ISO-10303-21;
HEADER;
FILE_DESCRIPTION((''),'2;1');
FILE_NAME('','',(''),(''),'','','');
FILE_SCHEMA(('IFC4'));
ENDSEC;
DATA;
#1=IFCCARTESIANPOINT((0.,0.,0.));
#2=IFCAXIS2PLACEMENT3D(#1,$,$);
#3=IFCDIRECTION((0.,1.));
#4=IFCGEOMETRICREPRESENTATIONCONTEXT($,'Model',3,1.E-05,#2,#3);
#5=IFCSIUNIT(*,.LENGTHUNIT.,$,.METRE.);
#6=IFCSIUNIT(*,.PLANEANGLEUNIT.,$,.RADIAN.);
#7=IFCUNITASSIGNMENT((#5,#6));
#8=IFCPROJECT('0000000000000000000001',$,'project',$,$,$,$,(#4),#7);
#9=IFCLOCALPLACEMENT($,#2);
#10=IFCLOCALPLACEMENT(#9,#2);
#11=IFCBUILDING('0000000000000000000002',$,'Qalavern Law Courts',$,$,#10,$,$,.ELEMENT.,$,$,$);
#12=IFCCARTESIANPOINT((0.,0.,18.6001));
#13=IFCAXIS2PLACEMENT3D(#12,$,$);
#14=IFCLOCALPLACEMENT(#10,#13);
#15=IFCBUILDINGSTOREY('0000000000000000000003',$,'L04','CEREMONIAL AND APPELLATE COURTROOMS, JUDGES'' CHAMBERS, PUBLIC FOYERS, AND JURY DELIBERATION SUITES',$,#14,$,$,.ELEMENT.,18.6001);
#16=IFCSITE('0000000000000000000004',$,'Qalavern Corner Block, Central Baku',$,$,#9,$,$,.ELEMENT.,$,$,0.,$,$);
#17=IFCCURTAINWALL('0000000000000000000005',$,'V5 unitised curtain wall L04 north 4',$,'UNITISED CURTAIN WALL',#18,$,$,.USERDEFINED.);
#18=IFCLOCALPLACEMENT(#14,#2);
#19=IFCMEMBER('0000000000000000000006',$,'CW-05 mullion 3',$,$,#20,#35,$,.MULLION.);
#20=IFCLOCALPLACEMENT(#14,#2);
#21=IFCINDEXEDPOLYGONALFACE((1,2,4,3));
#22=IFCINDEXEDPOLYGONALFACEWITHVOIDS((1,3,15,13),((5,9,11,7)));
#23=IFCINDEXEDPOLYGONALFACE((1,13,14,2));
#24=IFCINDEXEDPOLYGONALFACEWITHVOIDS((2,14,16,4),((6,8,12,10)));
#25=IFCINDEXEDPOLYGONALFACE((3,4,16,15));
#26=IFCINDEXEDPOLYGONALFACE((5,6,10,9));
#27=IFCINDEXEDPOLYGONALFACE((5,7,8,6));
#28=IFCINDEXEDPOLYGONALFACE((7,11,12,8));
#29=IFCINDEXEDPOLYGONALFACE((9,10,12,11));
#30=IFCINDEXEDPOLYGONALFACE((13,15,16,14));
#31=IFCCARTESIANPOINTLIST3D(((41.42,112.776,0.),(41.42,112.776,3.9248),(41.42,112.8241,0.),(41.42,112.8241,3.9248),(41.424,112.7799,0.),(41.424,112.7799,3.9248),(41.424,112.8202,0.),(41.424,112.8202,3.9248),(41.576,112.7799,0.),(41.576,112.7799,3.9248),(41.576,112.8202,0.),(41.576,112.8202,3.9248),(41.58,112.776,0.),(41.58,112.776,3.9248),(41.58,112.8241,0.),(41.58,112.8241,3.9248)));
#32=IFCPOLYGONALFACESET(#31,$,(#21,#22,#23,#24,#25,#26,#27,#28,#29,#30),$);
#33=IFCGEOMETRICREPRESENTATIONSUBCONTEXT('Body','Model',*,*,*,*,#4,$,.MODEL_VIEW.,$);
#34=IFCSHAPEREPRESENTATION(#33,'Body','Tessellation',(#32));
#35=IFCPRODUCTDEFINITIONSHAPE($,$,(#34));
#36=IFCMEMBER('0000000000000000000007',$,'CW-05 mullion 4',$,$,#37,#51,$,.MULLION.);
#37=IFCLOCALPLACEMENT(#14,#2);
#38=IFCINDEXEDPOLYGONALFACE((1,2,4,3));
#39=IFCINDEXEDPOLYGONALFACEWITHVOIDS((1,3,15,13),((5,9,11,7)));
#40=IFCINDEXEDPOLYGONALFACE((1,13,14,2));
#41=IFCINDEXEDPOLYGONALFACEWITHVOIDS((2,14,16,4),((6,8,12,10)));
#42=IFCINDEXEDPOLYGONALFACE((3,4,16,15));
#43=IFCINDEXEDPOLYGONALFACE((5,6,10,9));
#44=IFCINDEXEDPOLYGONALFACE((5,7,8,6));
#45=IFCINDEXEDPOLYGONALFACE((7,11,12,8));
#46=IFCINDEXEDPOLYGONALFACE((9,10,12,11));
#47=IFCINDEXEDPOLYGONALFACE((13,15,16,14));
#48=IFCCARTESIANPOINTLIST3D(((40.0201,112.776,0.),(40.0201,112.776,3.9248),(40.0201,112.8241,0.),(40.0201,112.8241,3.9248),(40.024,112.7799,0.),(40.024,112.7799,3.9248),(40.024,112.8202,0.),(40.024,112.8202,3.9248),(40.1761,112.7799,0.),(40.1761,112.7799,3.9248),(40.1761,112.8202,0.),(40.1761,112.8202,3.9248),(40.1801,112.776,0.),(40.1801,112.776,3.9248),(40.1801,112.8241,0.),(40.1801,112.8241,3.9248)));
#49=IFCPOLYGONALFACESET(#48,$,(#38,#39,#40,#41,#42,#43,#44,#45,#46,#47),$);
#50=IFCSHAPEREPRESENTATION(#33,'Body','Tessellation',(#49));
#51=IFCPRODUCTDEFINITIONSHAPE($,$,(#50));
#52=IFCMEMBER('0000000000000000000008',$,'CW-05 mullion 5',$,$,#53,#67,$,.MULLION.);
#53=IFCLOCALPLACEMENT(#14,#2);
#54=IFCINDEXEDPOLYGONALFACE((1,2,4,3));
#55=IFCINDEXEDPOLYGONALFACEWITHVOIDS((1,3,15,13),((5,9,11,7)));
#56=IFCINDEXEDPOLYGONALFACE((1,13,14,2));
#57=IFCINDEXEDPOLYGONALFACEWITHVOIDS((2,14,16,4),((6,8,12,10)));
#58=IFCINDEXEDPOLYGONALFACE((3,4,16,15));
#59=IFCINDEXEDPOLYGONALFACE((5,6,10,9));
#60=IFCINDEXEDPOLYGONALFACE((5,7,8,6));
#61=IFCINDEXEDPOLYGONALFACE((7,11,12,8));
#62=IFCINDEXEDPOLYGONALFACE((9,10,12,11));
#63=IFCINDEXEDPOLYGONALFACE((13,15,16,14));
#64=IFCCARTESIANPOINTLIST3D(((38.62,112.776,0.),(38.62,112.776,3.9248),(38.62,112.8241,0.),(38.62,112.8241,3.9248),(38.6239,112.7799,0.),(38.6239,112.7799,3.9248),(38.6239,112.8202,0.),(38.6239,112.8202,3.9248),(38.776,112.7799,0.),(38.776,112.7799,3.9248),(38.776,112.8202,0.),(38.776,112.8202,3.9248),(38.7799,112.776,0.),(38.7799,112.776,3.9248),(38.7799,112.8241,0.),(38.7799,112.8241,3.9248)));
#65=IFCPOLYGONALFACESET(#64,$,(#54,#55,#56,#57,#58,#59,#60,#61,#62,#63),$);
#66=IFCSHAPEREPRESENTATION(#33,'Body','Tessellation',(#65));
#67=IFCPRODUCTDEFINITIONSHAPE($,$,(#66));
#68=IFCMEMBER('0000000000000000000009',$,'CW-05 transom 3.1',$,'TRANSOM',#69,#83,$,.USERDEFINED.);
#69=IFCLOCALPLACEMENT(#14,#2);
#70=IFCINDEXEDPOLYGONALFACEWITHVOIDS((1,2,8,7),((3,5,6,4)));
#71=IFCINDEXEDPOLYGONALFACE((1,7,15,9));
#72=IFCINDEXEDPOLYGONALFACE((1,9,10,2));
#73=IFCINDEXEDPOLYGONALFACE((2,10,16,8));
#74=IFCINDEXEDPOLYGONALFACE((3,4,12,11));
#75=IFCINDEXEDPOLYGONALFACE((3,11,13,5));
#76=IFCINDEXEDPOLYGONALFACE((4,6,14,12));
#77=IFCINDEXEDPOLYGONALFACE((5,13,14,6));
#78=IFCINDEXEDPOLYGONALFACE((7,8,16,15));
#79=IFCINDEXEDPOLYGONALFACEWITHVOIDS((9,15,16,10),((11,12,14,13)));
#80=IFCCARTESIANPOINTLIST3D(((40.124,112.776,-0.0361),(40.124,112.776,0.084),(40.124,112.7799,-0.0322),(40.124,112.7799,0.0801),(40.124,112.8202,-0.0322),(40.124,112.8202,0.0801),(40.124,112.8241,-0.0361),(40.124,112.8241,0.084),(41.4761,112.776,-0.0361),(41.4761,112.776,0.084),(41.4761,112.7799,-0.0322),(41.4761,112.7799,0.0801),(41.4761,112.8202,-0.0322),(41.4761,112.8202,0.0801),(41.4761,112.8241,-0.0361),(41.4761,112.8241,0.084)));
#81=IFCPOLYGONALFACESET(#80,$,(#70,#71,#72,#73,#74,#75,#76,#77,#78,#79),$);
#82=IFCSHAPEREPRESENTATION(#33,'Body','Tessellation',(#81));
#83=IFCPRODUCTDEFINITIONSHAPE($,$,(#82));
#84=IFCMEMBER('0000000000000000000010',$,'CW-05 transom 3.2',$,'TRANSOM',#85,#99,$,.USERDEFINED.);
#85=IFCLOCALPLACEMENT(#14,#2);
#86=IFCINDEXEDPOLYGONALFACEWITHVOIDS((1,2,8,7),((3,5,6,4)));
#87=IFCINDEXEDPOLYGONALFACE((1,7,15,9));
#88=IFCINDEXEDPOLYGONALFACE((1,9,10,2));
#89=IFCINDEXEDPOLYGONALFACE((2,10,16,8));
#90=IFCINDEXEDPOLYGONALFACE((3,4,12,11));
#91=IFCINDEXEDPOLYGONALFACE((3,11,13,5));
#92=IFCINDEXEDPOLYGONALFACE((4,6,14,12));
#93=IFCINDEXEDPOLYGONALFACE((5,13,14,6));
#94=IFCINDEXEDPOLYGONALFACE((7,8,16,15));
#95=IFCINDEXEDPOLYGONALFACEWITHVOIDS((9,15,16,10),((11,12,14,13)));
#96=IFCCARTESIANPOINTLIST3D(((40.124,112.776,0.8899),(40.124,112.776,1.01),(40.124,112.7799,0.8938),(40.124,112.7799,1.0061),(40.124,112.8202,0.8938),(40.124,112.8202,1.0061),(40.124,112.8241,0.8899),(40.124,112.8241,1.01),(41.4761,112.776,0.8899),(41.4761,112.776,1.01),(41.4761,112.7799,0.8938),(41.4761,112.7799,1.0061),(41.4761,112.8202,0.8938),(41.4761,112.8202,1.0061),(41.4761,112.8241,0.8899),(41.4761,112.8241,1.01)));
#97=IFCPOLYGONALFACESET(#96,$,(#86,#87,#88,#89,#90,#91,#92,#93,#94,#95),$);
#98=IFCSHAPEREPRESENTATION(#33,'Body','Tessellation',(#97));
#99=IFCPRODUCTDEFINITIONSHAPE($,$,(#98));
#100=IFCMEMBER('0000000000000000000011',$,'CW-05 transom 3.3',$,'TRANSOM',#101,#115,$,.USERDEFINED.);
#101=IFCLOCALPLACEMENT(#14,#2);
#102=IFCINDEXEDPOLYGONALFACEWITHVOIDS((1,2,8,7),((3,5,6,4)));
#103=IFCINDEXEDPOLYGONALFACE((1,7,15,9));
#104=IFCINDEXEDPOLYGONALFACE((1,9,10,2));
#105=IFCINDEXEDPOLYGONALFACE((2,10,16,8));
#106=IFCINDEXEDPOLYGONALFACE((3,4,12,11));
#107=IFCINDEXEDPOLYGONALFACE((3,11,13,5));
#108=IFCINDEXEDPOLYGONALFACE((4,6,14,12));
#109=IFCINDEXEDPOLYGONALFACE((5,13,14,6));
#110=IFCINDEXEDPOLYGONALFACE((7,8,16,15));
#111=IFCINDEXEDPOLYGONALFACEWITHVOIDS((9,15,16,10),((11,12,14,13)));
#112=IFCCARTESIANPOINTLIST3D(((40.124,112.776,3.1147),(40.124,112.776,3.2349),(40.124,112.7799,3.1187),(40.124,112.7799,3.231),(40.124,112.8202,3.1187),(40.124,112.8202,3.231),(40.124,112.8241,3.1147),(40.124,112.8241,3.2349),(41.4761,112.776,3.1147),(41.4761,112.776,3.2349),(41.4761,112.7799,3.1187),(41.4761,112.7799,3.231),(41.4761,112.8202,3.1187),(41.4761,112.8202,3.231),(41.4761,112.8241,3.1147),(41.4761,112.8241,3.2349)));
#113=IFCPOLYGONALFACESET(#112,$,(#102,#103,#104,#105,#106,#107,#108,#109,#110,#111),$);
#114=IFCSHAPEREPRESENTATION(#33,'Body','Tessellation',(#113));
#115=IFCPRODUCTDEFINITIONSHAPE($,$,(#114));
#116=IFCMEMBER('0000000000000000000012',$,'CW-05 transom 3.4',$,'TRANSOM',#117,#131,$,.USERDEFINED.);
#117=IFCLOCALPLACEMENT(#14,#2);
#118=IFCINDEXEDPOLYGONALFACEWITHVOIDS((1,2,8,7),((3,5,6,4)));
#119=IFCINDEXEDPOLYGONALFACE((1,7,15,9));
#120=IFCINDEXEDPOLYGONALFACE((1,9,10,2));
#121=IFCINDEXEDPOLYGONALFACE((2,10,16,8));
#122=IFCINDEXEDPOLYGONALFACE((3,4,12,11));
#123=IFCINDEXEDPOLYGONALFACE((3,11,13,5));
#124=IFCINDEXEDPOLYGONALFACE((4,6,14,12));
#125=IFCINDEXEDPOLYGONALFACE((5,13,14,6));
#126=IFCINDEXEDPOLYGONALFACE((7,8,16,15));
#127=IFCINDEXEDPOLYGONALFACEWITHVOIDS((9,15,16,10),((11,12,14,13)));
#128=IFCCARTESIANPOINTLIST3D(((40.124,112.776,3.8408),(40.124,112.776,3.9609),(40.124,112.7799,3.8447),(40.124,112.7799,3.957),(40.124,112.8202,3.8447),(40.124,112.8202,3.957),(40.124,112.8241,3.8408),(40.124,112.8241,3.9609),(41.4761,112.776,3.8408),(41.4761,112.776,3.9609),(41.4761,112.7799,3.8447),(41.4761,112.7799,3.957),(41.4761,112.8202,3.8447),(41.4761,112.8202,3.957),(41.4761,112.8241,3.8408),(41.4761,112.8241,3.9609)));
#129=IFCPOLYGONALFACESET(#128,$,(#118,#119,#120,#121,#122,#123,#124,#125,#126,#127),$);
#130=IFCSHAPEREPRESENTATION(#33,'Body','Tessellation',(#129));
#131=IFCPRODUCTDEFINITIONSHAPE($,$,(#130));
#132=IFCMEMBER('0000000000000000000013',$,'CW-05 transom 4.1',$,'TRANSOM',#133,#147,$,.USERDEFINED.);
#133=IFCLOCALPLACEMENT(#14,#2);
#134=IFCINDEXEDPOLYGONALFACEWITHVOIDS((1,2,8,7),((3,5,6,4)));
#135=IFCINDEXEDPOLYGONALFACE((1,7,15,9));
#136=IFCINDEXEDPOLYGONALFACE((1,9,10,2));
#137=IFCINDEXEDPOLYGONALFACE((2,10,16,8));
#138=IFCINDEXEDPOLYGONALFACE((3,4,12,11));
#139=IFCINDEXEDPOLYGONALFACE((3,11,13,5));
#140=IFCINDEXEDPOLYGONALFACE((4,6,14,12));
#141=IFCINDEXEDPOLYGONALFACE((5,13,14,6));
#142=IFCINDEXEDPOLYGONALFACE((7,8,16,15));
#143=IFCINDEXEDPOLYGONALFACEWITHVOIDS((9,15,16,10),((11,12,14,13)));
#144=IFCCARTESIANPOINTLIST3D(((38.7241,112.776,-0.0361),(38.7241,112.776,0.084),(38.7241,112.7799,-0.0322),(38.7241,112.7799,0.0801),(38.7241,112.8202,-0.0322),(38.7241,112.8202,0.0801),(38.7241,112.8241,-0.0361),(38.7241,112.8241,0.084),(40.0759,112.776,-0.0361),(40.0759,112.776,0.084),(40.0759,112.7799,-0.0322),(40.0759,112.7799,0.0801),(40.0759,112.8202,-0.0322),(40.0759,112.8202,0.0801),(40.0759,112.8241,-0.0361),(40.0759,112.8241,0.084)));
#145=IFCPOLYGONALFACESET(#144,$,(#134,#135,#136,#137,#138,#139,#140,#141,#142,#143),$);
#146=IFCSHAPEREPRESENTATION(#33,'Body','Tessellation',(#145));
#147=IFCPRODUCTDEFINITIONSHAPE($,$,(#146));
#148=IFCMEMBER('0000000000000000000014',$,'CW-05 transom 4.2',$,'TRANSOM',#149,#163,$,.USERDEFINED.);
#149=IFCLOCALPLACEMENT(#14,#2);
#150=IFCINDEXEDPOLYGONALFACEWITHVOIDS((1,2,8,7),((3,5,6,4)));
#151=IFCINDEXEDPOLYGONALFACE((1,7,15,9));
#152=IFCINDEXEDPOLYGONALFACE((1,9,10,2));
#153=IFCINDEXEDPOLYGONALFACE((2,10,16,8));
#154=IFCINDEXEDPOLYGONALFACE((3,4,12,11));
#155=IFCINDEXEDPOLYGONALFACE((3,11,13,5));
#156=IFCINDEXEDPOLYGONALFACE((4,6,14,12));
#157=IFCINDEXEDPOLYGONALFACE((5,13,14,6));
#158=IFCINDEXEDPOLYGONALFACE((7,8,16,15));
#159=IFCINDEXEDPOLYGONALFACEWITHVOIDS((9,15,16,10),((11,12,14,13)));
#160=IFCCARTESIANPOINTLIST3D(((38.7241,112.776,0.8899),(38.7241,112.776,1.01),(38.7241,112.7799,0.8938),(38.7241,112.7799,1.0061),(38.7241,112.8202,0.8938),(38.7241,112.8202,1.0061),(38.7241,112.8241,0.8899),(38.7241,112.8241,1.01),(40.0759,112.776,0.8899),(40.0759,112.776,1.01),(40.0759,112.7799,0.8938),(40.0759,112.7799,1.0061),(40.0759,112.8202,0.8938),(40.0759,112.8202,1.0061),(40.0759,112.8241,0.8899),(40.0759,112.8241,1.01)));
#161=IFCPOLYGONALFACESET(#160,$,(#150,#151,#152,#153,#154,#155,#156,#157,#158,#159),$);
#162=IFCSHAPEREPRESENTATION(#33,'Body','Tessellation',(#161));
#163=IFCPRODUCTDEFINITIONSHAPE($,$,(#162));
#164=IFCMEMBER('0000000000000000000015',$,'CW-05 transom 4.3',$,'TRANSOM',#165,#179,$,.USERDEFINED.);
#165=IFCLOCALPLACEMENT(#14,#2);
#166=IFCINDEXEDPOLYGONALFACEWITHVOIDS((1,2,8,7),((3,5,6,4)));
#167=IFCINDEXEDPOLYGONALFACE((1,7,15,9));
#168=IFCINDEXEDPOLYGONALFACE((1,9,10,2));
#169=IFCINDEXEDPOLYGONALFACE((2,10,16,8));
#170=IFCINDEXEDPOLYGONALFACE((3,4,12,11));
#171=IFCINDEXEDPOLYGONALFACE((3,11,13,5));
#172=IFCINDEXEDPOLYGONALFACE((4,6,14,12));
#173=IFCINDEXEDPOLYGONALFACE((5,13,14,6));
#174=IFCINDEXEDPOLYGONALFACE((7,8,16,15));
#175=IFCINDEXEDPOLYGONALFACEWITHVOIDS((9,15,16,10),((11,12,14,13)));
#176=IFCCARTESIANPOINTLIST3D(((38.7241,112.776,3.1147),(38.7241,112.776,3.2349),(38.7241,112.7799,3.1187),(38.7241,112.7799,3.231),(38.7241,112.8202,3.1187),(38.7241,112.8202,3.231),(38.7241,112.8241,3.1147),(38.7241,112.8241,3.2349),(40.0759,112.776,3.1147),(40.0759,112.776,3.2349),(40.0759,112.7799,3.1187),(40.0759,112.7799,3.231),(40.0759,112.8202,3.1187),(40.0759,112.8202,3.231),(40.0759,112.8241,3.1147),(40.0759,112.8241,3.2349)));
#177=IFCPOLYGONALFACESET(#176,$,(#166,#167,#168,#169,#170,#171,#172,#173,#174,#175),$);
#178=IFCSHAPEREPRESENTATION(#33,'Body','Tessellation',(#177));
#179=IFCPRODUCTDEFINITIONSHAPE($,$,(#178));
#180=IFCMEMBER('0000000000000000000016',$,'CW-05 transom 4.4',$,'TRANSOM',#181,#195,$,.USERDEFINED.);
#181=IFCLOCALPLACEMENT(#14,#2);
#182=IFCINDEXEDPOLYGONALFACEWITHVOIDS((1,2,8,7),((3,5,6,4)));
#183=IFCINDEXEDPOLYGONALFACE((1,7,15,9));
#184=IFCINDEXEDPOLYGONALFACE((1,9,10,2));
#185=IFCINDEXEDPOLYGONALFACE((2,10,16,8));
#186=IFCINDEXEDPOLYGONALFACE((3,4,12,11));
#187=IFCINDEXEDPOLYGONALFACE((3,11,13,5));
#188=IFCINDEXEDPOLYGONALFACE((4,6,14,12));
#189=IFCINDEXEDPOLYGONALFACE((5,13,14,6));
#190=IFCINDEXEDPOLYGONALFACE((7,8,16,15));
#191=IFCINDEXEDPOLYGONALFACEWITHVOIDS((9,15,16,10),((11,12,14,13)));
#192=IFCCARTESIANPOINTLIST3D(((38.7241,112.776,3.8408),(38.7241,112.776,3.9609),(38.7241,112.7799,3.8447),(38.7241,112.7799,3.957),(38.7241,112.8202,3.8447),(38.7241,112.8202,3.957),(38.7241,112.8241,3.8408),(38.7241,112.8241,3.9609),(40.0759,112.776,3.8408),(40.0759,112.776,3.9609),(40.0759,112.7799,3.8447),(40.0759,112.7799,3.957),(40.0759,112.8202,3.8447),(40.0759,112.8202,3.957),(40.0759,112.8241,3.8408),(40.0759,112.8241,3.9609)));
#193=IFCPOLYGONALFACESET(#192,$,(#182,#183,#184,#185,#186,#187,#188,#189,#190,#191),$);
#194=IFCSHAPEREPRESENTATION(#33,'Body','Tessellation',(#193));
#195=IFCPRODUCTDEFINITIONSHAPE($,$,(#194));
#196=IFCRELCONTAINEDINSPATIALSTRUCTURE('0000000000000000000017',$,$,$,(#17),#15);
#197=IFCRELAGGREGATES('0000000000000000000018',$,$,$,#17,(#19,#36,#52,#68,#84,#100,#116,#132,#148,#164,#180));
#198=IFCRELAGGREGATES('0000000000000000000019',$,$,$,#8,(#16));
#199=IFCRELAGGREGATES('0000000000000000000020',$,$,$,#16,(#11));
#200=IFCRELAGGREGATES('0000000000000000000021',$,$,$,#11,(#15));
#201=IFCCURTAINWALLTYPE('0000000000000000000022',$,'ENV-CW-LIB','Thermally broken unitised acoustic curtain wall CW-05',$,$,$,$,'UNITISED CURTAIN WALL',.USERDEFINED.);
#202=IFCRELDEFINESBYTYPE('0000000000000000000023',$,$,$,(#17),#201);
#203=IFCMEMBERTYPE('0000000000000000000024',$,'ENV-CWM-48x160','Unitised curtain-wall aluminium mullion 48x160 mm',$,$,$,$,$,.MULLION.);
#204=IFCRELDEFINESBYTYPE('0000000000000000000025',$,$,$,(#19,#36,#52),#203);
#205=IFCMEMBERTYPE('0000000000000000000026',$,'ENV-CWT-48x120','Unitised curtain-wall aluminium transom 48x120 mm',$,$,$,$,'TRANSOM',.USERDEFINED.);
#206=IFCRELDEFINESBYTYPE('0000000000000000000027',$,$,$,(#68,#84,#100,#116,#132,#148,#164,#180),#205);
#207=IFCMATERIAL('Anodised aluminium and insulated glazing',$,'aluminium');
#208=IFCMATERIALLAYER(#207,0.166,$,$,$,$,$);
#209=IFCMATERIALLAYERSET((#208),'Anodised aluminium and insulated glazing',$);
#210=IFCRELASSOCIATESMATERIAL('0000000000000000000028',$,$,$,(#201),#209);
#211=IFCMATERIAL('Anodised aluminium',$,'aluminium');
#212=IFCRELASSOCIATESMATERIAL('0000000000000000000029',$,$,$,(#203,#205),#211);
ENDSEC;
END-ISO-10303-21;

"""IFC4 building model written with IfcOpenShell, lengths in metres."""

from ifc_helpers import new_model, si_unit, direction, frame, origin, origin_2d, place, context, subcontext, project, spatial, hollow_rectangle, extrude, material, layer, layer_set, material_profile, profile_set, type_object, element, aggregate, save


model = new_model("IFC4")

# Units and contexts
model_context = context("Model", 3, precision=1e-05, world=origin(), true_north=direction((0.0, 1.0)))
body_context = subcontext(model_context, "Body", "Model", "MODEL_VIEW")
ifc_project = project(units=[si_unit("LENGTHUNIT", "METRE"), si_unit("PLANEANGLEUNIT", "RADIAN")], contexts=[model_context])

# Site, building, storey
site_placement = place(None, origin())
site = spatial("IfcSite", under=ifc_project, at=site_placement, Name="Qalavern Corner Block, Central Baku", CompositionType="ELEMENT", RefElevation=0.0)
building_placement = place(site_placement, origin())
building = spatial("IfcBuilding", under=site, at=building_placement, Name="Qalavern Law Courts", CompositionType="ELEMENT")
storey_placement = place(building_placement, frame((0.0, 0.0, 18.6001)))
storey = spatial("IfcBuildingStorey", under=building, at=storey_placement, Name="L04", Description="CEREMONIAL AND APPELLATE COURTROOMS, JUDGES' CHAMBERS, PUBLIC FOYERS, AND JURY DELIBERATION SUITES", CompositionType="ELEMENT", Elevation=18.6001)

# Curtain wall, members
ifc_material_1 = material(Name="Anodised aluminium and insulated glazing", Category="aluminium")
ifc_layer_1 = layer(ifc_material_1, 0.166)
ifc_layer_set_1 = layer_set([ifc_layer_1], Name="Anodised aluminium and insulated glazing")
curtain_wall_type = type_object("IfcCurtainWallType", Name="ENV-CW-LIB", Description="Thermally broken unitised acoustic curtain wall CW-05", ElementType="UNITISED CURTAIN WALL", PredefinedType="USERDEFINED", material=ifc_layer_set_1)
curtain_wall_placement = place(storey_placement, origin())
curtain_wall = element("IfcCurtainWall", 1, at=curtain_wall_placement, inside=storey, type_object=curtain_wall_type, Name="V5 unitised curtain wall L04 north 4", ObjectType="UNITISED CURTAIN WALL", PredefinedType="USERDEFINED")
ifc_material_2 = material(Name="Anodised aluminium", Category="aluminium")
ifc_material_profile_1 = material_profile(ifc_material_2, hollow_rectangle(XDim=0.0481, YDim=0.1599, WallThickness=0.0039, at=origin_2d()), Name="ALU MULLION 48x160")
ifc_profile_set_1 = profile_set([ifc_material_profile_1], Name="Anodised aluminium")
member_type_1 = type_object("IfcMemberType", Name="ENV-CWM-48x160", Description="Unitised curtain-wall aluminium mullion 48x160 mm", PredefinedType="MULLION", material=ifc_profile_set_1)
member_1_placement = place(storey_placement, frame((41.5, 112.8, 0.0), z_axis=(0.0, 0.0, 1.0), x_axis=(0.0, -1.0, 0.0)))
member_1 = element("IfcMember", 2, at=member_1_placement, type_object=member_type_1, Name="CW-05 mullion 3", PredefinedType="MULLION", context=body_context, shape_type="SweptSolid", body=[
    extrude(hollow_rectangle(XDim=0.0481, YDim=0.1599, WallThickness=0.0039, at=origin_2d()), origin(), (0.0, 0.0, 1.0), 3.9248),
])
member_2_placement = place(storey_placement, frame((40.1001, 112.8, 0.0), z_axis=(0.0, 0.0, 1.0), x_axis=(0.0, -1.0, 0.0)))
member_2 = element("IfcMember", 3, at=member_2_placement, type_object=member_type_1, Name="CW-05 mullion 4", PredefinedType="MULLION", context=body_context, shape_type="SweptSolid", body=[
    extrude(hollow_rectangle(XDim=0.0481, YDim=0.1599, WallThickness=0.0039, at=origin_2d()), origin(), (0.0, 0.0, 1.0), 3.9248),
])
member_3_placement = place(storey_placement, frame((38.7, 112.8, 0.0), z_axis=(0.0, 0.0, 1.0), x_axis=(0.0, -1.0, 0.0)))
member_3 = element("IfcMember", 4, at=member_3_placement, type_object=member_type_1, Name="CW-05 mullion 5", PredefinedType="MULLION", context=body_context, shape_type="SweptSolid", body=[
    extrude(hollow_rectangle(XDim=0.0481, YDim=0.1599, WallThickness=0.0039, at=origin_2d()), origin(), (0.0, 0.0, 1.0), 3.9248),
])
ifc_material_profile_2 = material_profile(ifc_material_2, hollow_rectangle(XDim=0.0481, YDim=0.1201, WallThickness=0.0039, at=origin_2d()), Name="ALU TRANSOM 48x120")
ifc_profile_set_2 = profile_set([ifc_material_profile_2], Name="Anodised aluminium")
member_type_2 = type_object("IfcMemberType", Name="ENV-CWT-48x120", Description="Unitised curtain-wall aluminium transom 48x120 mm", ElementType="TRANSOM", PredefinedType="USERDEFINED", material=ifc_profile_set_2)
member_4_placement = place(storey_placement, frame((41.4761, 112.8, 0.0239), z_axis=(-1.0, 0.0, 0.0), x_axis=(0.0, -1.0, 0.0)))
member_4 = element("IfcMember", 5, at=member_4_placement, type_object=member_type_2, Name="CW-05 transom 3.1", ObjectType="TRANSOM", PredefinedType="USERDEFINED", context=body_context, shape_type="SweptSolid", body=[
    extrude(hollow_rectangle(XDim=0.0481, YDim=0.1201, WallThickness=0.0039, at=origin_2d()), origin(), (0.0, 0.0, 1.0), 1.3521),
])
member_5_placement = place(storey_placement, frame((41.4761, 112.8, 0.95), z_axis=(-1.0, 0.0, 0.0), x_axis=(0.0, -1.0, 0.0)))
member_5 = element("IfcMember", 6, at=member_5_placement, type_object=member_type_2, Name="CW-05 transom 3.2", ObjectType="TRANSOM", PredefinedType="USERDEFINED", context=body_context, shape_type="SweptSolid", body=[
    extrude(hollow_rectangle(XDim=0.0481, YDim=0.1201, WallThickness=0.0039, at=origin_2d()), origin(), (0.0, 0.0, 1.0), 1.3521),
])
member_6_placement = place(storey_placement, frame((41.4761, 112.8, 3.1748), z_axis=(-1.0, 0.0, 0.0), x_axis=(0.0, -1.0, 0.0)))
member_6 = element("IfcMember", 7, at=member_6_placement, type_object=member_type_2, Name="CW-05 transom 3.3", ObjectType="TRANSOM", PredefinedType="USERDEFINED", context=body_context, shape_type="SweptSolid", body=[
    extrude(hollow_rectangle(XDim=0.0481, YDim=0.1201, WallThickness=0.0039, at=origin_2d()), origin(), (0.0, 0.0, 1.0), 1.3521),
])
member_7_placement = place(storey_placement, frame((41.4761, 112.8, 3.9009), z_axis=(-1.0, 0.0, 0.0), x_axis=(0.0, -1.0, 0.0)))
member_7 = element("IfcMember", 8, at=member_7_placement, type_object=member_type_2, Name="CW-05 transom 3.4", ObjectType="TRANSOM", PredefinedType="USERDEFINED", context=body_context, shape_type="SweptSolid", body=[
    extrude(hollow_rectangle(XDim=0.0481, YDim=0.1201, WallThickness=0.0039, at=origin_2d()), origin(), (0.0, 0.0, 1.0), 1.3521),
])
member_8_placement = place(storey_placement, frame((40.0759, 112.8, 0.0239), z_axis=(-1.0, 0.0, 0.0), x_axis=(0.0, -1.0, 0.0)))
member_8 = element("IfcMember", 9, at=member_8_placement, type_object=member_type_2, Name="CW-05 transom 4.1", ObjectType="TRANSOM", PredefinedType="USERDEFINED", context=body_context, shape_type="SweptSolid", body=[
    extrude(hollow_rectangle(XDim=0.0481, YDim=0.1201, WallThickness=0.0039, at=origin_2d()), origin(), (0.0, 0.0, 1.0), 1.3518),
])
member_9_placement = place(storey_placement, frame((40.0759, 112.8, 0.95), z_axis=(-1.0, 0.0, 0.0), x_axis=(0.0, -1.0, 0.0)))
member_9 = element("IfcMember", 10, at=member_9_placement, type_object=member_type_2, Name="CW-05 transom 4.2", ObjectType="TRANSOM", PredefinedType="USERDEFINED", context=body_context, shape_type="SweptSolid", body=[
    extrude(hollow_rectangle(XDim=0.0481, YDim=0.1201, WallThickness=0.0039, at=origin_2d()), origin(), (0.0, 0.0, 1.0), 1.3518),
])
member_10_placement = place(storey_placement, frame((40.0759, 112.8, 3.1748), z_axis=(-1.0, 0.0, 0.0), x_axis=(0.0, -1.0, 0.0)))
member_10 = element("IfcMember", 11, at=member_10_placement, type_object=member_type_2, Name="CW-05 transom 4.3", ObjectType="TRANSOM", PredefinedType="USERDEFINED", context=body_context, shape_type="SweptSolid", body=[
    extrude(hollow_rectangle(XDim=0.0481, YDim=0.1201, WallThickness=0.0039, at=origin_2d()), origin(), (0.0, 0.0, 1.0), 1.3518),
])
member_11_placement = place(storey_placement, frame((40.0759, 112.8, 3.9009), z_axis=(-1.0, 0.0, 0.0), x_axis=(0.0, -1.0, 0.0)))
member_11 = element("IfcMember", 12, at=member_11_placement, type_object=member_type_2, Name="CW-05 transom 4.4", ObjectType="TRANSOM", PredefinedType="USERDEFINED", context=body_context, shape_type="SweptSolid", body=[
    extrude(hollow_rectangle(XDim=0.0481, YDim=0.1201, WallThickness=0.0039, at=origin_2d()), origin(), (0.0, 0.0, 1.0), 1.3518),
])
aggregate(curtain_wall, [member_1, member_2, member_3, member_4, member_5, member_6, member_7, member_8, member_9, member_10, member_11])

save(model, "model.ifc")
